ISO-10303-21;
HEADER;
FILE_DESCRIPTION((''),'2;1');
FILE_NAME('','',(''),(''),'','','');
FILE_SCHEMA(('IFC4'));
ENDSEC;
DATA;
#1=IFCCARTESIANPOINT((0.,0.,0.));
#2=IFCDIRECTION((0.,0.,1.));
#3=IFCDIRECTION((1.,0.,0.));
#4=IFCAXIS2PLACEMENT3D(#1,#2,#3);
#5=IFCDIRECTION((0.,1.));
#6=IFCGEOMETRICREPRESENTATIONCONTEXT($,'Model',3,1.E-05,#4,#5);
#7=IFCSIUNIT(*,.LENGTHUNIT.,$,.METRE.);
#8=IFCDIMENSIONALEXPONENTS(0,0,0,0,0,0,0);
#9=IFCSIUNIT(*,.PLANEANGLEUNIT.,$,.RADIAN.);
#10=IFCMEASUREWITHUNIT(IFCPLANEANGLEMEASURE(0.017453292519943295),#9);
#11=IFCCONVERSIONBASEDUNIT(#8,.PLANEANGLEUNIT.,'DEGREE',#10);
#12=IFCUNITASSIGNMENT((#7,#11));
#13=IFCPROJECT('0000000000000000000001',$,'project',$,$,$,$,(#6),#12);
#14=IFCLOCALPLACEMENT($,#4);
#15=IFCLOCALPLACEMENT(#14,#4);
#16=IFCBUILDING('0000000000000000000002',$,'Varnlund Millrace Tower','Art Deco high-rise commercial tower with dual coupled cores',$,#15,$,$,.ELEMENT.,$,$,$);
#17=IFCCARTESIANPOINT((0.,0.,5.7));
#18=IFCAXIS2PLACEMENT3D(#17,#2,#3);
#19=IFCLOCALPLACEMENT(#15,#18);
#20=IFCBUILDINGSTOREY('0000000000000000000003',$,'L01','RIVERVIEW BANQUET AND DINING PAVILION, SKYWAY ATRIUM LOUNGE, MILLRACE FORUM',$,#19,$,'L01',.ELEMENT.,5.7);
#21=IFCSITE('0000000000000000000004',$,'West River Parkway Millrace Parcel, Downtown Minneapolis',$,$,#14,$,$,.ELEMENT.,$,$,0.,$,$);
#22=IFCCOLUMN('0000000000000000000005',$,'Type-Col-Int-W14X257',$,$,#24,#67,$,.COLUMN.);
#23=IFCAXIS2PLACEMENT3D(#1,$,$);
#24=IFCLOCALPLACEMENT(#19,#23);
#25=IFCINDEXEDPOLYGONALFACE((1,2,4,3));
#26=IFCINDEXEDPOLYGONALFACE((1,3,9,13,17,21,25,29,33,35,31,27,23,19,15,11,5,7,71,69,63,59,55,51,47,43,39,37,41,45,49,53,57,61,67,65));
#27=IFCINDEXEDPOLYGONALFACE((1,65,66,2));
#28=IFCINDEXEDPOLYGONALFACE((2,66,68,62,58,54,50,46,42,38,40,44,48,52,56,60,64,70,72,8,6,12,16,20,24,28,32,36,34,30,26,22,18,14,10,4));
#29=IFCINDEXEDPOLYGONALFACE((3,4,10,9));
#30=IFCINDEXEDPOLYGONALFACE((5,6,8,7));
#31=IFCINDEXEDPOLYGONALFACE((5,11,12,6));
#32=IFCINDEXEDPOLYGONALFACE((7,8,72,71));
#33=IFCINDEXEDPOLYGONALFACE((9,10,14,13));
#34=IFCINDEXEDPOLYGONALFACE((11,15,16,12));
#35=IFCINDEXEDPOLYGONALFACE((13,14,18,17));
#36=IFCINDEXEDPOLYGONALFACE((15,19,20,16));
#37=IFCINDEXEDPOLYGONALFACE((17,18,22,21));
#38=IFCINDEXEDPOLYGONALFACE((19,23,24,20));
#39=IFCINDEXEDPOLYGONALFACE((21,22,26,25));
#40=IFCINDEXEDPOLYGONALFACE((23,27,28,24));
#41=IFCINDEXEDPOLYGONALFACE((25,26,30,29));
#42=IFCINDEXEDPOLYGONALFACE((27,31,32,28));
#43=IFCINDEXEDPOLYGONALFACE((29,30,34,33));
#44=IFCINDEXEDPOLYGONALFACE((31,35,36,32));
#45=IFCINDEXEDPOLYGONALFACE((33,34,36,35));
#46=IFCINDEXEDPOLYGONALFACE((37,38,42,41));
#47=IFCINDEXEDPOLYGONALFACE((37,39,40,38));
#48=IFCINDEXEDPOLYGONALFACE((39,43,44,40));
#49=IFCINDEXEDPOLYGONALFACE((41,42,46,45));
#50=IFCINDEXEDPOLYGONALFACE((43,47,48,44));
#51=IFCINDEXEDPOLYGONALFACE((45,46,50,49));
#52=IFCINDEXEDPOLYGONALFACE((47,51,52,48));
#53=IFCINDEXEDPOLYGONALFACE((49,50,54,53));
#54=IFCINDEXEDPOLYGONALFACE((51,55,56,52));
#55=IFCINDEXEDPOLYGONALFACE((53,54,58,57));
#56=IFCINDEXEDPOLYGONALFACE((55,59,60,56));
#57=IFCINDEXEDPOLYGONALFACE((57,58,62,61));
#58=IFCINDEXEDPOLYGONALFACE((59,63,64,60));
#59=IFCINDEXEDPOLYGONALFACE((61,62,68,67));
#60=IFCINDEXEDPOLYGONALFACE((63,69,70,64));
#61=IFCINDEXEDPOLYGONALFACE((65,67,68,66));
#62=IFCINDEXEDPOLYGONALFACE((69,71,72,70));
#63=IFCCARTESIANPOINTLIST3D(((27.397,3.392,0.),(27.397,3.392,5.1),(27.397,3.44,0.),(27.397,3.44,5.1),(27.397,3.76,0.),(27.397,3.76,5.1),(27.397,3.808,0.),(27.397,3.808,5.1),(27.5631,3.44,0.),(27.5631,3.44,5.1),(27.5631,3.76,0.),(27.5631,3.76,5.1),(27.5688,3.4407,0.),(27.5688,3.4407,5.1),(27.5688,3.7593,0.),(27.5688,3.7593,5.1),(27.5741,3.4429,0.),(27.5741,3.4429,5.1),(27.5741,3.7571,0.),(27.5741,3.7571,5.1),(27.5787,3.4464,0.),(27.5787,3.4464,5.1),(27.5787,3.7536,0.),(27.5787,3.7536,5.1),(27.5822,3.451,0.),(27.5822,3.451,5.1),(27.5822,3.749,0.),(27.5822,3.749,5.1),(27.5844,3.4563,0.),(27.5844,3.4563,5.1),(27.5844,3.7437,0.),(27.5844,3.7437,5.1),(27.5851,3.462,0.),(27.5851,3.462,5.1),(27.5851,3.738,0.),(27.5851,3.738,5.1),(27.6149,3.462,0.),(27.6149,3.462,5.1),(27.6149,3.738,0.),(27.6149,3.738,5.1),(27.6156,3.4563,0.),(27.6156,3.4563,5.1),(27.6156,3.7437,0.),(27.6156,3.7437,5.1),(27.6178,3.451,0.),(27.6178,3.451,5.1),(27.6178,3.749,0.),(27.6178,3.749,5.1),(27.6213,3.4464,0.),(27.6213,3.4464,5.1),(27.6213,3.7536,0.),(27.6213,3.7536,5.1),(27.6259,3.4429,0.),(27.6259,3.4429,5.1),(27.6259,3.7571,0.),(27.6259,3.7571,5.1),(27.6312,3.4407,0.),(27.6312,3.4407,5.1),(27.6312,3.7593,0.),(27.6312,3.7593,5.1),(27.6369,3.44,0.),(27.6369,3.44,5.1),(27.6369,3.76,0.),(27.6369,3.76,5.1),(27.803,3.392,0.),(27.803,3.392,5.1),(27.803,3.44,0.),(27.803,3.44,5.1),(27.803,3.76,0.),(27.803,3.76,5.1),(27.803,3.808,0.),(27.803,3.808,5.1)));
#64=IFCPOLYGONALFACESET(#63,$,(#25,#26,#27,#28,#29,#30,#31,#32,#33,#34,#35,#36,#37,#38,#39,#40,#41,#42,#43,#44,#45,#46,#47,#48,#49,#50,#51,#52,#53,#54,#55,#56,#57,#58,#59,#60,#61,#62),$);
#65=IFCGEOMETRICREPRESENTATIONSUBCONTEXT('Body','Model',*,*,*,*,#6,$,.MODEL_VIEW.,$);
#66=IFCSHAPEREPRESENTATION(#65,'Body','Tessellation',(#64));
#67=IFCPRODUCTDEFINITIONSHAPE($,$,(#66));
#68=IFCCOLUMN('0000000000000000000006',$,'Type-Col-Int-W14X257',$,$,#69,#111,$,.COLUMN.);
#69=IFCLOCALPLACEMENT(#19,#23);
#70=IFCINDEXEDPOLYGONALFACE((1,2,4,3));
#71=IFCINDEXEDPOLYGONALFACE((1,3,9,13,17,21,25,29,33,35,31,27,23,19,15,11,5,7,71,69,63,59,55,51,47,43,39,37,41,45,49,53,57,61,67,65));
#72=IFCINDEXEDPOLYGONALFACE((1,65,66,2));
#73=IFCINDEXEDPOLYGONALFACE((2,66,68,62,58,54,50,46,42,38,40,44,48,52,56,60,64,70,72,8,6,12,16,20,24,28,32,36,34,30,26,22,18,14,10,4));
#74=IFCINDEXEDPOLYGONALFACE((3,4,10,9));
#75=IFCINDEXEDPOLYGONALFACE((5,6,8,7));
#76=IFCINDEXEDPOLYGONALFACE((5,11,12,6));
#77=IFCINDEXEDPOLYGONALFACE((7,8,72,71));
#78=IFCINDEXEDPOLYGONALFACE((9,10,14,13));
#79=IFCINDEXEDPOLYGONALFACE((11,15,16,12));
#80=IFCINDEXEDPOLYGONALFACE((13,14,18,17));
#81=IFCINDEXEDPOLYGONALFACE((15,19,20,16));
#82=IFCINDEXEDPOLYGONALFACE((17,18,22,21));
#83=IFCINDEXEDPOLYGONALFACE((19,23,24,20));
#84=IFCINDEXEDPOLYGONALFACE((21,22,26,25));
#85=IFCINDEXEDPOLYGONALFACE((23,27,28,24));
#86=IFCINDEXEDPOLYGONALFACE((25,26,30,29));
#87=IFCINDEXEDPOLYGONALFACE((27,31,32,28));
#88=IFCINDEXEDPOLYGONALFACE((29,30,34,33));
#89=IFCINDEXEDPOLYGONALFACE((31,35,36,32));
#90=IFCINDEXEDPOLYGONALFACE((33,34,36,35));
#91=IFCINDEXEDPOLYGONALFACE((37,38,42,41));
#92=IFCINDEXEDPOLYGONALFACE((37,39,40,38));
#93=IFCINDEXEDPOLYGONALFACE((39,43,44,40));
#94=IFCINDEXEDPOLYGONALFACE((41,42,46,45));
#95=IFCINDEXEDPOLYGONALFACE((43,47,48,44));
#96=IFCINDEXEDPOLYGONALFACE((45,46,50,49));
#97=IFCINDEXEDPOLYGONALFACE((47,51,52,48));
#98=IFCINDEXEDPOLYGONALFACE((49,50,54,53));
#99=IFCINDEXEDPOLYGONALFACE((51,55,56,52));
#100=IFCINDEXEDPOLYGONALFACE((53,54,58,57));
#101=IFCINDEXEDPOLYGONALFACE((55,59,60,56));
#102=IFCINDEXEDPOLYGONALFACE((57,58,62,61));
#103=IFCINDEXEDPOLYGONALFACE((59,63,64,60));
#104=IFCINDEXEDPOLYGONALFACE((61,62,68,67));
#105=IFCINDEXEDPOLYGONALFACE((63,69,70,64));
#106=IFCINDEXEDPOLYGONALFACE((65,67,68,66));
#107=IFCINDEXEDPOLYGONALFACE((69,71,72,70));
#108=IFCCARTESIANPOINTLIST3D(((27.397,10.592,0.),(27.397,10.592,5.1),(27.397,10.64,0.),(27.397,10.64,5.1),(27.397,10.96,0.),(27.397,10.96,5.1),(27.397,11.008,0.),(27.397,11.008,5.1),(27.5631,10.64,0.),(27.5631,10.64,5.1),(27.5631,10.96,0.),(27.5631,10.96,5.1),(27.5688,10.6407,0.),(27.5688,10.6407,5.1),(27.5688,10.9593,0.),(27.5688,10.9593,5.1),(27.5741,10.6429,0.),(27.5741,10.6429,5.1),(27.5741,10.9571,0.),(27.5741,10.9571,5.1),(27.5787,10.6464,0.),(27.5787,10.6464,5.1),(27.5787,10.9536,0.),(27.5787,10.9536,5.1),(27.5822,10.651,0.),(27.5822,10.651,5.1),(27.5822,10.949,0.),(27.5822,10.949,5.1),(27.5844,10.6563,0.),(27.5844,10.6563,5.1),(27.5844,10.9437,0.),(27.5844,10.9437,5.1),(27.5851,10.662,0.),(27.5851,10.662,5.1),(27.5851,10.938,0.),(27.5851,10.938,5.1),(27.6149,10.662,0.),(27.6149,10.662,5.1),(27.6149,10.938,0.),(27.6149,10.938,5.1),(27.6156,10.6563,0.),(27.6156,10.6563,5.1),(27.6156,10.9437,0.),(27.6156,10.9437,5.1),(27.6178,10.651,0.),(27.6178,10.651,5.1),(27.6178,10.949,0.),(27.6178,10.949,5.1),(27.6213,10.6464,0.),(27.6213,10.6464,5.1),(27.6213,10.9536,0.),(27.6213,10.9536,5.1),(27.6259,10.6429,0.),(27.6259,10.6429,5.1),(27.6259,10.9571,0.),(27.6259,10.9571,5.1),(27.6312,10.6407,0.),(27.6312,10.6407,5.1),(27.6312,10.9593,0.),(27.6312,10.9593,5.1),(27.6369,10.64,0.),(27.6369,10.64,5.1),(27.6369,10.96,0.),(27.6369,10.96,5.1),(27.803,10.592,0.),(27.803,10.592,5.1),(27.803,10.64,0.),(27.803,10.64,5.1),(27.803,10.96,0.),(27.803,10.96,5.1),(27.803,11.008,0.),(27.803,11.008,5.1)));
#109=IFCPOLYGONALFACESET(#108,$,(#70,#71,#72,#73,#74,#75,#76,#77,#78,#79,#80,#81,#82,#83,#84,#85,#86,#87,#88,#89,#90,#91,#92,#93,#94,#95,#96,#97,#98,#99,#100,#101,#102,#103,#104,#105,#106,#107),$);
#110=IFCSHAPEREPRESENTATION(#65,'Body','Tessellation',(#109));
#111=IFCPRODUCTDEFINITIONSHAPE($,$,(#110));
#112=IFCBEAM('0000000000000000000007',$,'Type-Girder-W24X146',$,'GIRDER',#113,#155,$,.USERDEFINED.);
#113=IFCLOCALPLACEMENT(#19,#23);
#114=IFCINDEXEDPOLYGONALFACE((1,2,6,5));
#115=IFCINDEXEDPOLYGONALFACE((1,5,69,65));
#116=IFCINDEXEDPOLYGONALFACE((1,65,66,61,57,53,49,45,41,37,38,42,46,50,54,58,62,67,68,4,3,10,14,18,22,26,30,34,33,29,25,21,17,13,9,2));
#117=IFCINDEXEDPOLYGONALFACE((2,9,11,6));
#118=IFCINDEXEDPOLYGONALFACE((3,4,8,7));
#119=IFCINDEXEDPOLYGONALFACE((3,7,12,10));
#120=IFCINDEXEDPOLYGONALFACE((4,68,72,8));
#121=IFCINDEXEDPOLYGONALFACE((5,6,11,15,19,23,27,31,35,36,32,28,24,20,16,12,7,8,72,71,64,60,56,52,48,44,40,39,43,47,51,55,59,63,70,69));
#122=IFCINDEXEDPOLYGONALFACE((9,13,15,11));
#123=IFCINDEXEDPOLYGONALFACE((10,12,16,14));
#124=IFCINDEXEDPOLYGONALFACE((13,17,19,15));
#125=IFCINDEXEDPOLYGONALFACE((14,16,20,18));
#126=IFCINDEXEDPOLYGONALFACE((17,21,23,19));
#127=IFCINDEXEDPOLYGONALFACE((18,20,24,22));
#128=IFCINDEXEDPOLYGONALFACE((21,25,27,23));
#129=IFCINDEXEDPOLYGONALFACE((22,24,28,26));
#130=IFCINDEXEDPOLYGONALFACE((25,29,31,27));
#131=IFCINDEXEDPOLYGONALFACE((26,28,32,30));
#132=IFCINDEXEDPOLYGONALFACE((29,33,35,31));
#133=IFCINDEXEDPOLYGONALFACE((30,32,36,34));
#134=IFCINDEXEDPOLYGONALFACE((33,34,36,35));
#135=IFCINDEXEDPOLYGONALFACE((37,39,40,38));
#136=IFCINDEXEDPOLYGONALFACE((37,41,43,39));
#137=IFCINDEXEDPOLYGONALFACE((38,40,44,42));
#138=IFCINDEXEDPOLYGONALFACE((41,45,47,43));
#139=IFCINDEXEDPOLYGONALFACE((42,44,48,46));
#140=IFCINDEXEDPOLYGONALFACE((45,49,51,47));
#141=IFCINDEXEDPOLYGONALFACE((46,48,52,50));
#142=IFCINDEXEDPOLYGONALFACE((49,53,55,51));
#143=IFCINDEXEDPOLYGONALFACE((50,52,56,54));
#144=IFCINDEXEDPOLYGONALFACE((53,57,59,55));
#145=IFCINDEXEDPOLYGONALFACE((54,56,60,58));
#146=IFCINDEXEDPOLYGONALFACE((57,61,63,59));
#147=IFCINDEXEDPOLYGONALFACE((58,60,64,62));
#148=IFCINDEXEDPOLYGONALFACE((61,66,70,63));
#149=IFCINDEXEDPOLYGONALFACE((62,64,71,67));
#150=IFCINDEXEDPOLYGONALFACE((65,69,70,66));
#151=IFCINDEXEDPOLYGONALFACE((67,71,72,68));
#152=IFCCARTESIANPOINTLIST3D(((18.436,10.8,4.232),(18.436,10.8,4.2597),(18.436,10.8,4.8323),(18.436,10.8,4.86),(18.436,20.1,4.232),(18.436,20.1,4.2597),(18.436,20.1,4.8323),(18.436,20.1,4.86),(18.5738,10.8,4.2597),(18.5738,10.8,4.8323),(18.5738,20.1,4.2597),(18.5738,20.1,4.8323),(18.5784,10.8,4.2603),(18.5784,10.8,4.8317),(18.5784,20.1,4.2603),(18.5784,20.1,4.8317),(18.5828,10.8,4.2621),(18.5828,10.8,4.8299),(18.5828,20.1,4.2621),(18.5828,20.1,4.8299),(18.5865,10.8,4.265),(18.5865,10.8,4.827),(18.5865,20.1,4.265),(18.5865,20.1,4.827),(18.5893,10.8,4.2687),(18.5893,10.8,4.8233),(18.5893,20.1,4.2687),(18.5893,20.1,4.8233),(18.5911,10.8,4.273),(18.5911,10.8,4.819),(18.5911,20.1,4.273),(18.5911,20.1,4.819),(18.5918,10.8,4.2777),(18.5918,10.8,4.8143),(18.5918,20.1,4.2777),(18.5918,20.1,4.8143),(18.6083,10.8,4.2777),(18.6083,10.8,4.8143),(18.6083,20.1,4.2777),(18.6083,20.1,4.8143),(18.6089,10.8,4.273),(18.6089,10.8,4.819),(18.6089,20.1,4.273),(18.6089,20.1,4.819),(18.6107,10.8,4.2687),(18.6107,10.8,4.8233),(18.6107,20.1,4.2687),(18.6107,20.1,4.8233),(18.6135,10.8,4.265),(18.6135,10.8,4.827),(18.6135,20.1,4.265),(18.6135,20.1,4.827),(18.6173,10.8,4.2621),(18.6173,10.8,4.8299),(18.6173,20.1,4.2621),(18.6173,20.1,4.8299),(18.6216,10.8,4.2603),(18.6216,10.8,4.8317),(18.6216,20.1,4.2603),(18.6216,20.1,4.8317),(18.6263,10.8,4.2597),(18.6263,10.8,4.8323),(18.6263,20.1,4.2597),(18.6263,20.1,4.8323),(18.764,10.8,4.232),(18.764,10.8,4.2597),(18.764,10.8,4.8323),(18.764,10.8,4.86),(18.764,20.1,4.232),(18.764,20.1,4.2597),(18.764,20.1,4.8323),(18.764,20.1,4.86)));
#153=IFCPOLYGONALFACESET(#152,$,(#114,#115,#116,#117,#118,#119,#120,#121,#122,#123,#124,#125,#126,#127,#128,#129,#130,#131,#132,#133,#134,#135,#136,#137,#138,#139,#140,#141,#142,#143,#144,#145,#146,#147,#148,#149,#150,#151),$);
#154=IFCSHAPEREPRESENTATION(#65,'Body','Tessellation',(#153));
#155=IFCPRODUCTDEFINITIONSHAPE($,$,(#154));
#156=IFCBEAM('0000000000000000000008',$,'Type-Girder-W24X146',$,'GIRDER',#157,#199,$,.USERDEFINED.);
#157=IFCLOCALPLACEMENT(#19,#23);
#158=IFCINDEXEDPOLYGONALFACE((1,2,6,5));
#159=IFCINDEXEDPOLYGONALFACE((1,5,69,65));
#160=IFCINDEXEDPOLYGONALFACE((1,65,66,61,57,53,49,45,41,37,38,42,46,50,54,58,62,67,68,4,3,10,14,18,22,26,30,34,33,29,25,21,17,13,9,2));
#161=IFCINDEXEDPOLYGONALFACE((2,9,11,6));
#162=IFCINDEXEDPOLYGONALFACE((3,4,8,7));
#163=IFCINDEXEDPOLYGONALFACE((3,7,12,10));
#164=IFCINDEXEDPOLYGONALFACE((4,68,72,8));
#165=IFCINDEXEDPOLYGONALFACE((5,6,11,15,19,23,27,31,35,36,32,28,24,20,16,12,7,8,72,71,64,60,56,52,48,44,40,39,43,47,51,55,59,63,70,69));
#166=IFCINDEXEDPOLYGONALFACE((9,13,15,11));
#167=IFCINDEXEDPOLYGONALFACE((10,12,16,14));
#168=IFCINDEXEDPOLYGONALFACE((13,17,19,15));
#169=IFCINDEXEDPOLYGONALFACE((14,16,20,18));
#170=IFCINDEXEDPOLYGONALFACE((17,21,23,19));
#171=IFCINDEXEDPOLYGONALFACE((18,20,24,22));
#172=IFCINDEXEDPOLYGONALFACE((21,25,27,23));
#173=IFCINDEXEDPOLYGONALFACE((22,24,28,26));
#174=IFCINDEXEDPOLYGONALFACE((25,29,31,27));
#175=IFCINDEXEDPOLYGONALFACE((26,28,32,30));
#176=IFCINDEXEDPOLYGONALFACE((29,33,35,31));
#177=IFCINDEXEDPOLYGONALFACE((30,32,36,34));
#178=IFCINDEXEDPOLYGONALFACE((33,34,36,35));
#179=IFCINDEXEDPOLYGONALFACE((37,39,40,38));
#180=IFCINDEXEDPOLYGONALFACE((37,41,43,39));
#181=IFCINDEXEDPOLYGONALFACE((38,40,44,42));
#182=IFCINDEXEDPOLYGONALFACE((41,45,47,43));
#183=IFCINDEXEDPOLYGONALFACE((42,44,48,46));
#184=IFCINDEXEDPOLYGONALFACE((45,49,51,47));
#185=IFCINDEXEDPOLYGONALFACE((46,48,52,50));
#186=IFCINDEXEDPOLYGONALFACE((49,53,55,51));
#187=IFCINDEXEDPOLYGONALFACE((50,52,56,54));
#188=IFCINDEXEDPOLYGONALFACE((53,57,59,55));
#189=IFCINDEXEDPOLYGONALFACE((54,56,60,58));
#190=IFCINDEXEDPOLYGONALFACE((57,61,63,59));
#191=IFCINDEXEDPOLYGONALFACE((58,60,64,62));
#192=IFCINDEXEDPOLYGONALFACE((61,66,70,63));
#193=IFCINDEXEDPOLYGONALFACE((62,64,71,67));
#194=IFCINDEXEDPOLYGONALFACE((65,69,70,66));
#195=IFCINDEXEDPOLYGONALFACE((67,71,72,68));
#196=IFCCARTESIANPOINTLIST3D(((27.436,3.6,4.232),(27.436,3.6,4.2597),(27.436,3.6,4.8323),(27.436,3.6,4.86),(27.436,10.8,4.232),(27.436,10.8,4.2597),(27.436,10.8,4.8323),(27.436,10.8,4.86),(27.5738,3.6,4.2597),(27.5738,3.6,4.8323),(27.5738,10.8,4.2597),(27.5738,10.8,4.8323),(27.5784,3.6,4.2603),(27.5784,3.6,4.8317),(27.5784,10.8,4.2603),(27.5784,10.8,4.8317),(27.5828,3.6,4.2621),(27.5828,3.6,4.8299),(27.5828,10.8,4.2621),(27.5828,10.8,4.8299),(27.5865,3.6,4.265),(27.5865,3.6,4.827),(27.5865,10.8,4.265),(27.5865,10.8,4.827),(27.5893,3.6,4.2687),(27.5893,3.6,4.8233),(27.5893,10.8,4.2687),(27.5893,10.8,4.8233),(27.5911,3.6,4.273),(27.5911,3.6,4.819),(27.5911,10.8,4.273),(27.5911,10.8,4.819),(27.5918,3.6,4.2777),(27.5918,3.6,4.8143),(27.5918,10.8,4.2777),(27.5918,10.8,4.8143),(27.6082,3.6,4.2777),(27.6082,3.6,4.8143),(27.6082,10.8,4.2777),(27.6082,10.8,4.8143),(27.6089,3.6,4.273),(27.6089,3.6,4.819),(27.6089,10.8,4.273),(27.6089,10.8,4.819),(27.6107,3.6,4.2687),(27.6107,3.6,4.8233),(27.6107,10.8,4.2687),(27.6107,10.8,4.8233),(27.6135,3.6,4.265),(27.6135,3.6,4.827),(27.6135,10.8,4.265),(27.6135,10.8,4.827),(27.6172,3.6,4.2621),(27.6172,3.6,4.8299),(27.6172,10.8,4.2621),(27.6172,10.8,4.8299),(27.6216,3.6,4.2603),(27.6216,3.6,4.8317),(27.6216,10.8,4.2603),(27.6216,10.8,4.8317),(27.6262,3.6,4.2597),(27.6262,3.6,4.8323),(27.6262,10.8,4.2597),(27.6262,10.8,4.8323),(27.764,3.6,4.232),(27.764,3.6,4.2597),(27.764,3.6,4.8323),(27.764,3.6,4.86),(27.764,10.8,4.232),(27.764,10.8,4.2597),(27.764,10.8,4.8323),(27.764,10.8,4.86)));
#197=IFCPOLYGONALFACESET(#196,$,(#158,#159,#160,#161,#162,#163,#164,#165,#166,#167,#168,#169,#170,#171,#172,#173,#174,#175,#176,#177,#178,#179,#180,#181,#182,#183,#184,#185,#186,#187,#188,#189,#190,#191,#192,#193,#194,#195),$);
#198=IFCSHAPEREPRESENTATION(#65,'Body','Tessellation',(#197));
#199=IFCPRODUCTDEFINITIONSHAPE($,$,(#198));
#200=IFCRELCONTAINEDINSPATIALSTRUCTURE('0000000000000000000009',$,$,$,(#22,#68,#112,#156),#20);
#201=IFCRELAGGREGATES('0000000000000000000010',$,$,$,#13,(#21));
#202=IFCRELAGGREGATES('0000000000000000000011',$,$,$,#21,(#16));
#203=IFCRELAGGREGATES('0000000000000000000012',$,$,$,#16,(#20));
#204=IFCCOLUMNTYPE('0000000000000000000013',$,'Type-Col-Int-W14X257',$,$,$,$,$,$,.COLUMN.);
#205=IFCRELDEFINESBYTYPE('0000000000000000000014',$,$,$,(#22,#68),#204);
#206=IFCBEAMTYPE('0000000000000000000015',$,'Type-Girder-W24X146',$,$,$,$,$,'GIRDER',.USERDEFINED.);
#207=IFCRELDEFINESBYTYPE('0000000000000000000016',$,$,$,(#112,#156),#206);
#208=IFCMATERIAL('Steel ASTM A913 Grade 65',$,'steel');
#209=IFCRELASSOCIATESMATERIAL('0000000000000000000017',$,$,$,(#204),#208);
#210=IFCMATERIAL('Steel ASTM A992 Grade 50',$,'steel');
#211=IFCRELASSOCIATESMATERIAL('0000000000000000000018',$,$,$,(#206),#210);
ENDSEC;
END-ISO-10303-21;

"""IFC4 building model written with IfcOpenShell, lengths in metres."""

from ifc_helpers import new_model, entity, si_unit, converted_unit, direction, frame, origin_with_axes, origin_2d_with_axis, place, context, subcontext, project, spatial, i_section, extrude, material, material_profile, profile_set, type_object, element, save


model = new_model("IFC4")

# Units and contexts
model_context = context("Model", 3, precision=1e-05, world=origin_with_axes(), true_north=direction((0.0, 1.0)))
body_context = subcontext(model_context, "Body", "Model", "MODEL_VIEW")
ifc_project = project(units=[si_unit("LENGTHUNIT", "METRE"), converted_unit("PLANEANGLEUNIT", "DEGREE", entity("IfcPlaneAngleMeasure", 0.017453292519943295), si_unit("PLANEANGLEUNIT", "RADIAN"), dimensions=[0, 0, 0, 0, 0, 0, 0])], contexts=[model_context])

# Site, building, storey
site_placement = place(None, origin_with_axes())
site = spatial("IfcSite", under=ifc_project, at=site_placement, Name="West River Parkway Millrace Parcel, Downtown Minneapolis", CompositionType="ELEMENT", RefElevation=0.0)
building_placement = place(site_placement, origin_with_axes())
building = spatial("IfcBuilding", under=site, at=building_placement, Name="Varnlund Millrace Tower", Description="Art Deco high-rise commercial tower with dual coupled cores", CompositionType="ELEMENT")
storey_placement = place(building_placement, frame((0.0, 0.0, 5.7), z_axis=(0.0, 0.0, 1.0), x_axis=(1.0, 0.0, 0.0)))
storey = spatial("IfcBuildingStorey", under=building, at=storey_placement, Name="L01", Description="RIVERVIEW BANQUET AND DINING PAVILION, SKYWAY ATRIUM LOUNGE, MILLRACE FORUM", LongName="L01", CompositionType="ELEMENT", Elevation=5.7)

# Columns
ifc_material_1 = material(Name="Steel ASTM A913 Grade 65", Category="steel")
ifc_material_profile_1 = material_profile(ifc_material_1, i_section(OverallWidth=0.406, OverallDepth=0.416, WebThickness=0.0298, FlangeThickness=0.048, FilletRadius=0.022, at=origin_2d_with_axis()), Name="Steel ASTM A913 Grade 65")
ifc_profile_set_1 = profile_set([ifc_material_profile_1], Name="Steel ASTM A913 Grade 65")
column_type = type_object("IfcColumnType", Name="Type-Col-Int-W14X257", PredefinedType="COLUMN", material=ifc_profile_set_1)
for number, where, z_axis, x_axis, name in (
    (1, (27.6, 3.6, 0.0), (0.0, 0.0, 1.0), (1.0, 0.0, 0.0), "Type-Col-Int-W14X257"),
    (2, (27.6, 10.8, 0.0), (0.0, 0.0, 1.0), (1.0, 0.0, 0.0), "Type-Col-Int-W14X257"),
):
    element("IfcColumn", number, at=place(storey_placement, frame(where, z_axis=z_axis, x_axis=x_axis)), inside=storey, type_object=column_type, Name=name, PredefinedType="COLUMN", context=body_context, shape_type="SweptSolid", body=[
        extrude(i_section(OverallWidth=0.406, OverallDepth=0.416, WebThickness=0.0298, FlangeThickness=0.048, FilletRadius=0.022, at=origin_2d_with_axis()), origin_with_axes(), (0.0, 0.0, 1.0), 5.1),
    ])

# Beams
ifc_material_2 = material(Name="Steel ASTM A992 Grade 50", Category="steel")
ifc_material_profile_2 = material_profile(ifc_material_2, i_section(OverallWidth=0.328, OverallDepth=0.628, WebThickness=0.0165, FlangeThickness=0.0277, FilletRadius=0.018, at=origin_2d_with_axis()), Name="Steel ASTM A992 Grade 50")
ifc_profile_set_2 = profile_set([ifc_material_profile_2], Name="Steel ASTM A992 Grade 50")
beam_type_1 = type_object("IfcBeamType", Name="Type-Girder-W24X146", ElementType="GIRDER", PredefinedType="USERDEFINED", material=ifc_profile_set_2)
beam_1_placement = place(storey_placement, frame((18.6, 10.8, 4.546), z_axis=(0.0, 1.0, 0.0), x_axis=(-1.0, 0.0, 0.0)))
element("IfcBeam", 3, at=beam_1_placement, inside=storey, type_object=beam_type_1, Name="Type-Girder-W24X146", ObjectType="GIRDER", PredefinedType="USERDEFINED", context=body_context, shape_type="SweptSolid", body=[
    extrude(i_section(OverallWidth=0.328, OverallDepth=0.628, WebThickness=0.0165, FlangeThickness=0.0277, FilletRadius=0.018, at=origin_2d_with_axis()), origin_with_axes(), (0.0, 0.0, 1.0), 9.3),
])
for number, where, z_axis, x_axis, name in (
    (4, (27.6, 3.6, 4.546), (0.0, 1.0, 0.0), (-1.0, 0.0, 0.0), "Type-Girder-W24X146"),
):
    element("IfcBeam", number, at=place(storey_placement, frame(where, z_axis=z_axis, x_axis=x_axis)), inside=storey, type_object=beam_type_1, Name=name, ObjectType="GIRDER", PredefinedType="USERDEFINED", context=body_context, shape_type="SweptSolid", body=[
        extrude(i_section(OverallWidth=0.328, OverallDepth=0.628, WebThickness=0.0165, FlangeThickness=0.0277, FilletRadius=0.018, at=origin_2d_with_axis()), origin_with_axes(), (0.0, 0.0, 1.0), 7.2),
    ])

save(model, "model.ifc")
